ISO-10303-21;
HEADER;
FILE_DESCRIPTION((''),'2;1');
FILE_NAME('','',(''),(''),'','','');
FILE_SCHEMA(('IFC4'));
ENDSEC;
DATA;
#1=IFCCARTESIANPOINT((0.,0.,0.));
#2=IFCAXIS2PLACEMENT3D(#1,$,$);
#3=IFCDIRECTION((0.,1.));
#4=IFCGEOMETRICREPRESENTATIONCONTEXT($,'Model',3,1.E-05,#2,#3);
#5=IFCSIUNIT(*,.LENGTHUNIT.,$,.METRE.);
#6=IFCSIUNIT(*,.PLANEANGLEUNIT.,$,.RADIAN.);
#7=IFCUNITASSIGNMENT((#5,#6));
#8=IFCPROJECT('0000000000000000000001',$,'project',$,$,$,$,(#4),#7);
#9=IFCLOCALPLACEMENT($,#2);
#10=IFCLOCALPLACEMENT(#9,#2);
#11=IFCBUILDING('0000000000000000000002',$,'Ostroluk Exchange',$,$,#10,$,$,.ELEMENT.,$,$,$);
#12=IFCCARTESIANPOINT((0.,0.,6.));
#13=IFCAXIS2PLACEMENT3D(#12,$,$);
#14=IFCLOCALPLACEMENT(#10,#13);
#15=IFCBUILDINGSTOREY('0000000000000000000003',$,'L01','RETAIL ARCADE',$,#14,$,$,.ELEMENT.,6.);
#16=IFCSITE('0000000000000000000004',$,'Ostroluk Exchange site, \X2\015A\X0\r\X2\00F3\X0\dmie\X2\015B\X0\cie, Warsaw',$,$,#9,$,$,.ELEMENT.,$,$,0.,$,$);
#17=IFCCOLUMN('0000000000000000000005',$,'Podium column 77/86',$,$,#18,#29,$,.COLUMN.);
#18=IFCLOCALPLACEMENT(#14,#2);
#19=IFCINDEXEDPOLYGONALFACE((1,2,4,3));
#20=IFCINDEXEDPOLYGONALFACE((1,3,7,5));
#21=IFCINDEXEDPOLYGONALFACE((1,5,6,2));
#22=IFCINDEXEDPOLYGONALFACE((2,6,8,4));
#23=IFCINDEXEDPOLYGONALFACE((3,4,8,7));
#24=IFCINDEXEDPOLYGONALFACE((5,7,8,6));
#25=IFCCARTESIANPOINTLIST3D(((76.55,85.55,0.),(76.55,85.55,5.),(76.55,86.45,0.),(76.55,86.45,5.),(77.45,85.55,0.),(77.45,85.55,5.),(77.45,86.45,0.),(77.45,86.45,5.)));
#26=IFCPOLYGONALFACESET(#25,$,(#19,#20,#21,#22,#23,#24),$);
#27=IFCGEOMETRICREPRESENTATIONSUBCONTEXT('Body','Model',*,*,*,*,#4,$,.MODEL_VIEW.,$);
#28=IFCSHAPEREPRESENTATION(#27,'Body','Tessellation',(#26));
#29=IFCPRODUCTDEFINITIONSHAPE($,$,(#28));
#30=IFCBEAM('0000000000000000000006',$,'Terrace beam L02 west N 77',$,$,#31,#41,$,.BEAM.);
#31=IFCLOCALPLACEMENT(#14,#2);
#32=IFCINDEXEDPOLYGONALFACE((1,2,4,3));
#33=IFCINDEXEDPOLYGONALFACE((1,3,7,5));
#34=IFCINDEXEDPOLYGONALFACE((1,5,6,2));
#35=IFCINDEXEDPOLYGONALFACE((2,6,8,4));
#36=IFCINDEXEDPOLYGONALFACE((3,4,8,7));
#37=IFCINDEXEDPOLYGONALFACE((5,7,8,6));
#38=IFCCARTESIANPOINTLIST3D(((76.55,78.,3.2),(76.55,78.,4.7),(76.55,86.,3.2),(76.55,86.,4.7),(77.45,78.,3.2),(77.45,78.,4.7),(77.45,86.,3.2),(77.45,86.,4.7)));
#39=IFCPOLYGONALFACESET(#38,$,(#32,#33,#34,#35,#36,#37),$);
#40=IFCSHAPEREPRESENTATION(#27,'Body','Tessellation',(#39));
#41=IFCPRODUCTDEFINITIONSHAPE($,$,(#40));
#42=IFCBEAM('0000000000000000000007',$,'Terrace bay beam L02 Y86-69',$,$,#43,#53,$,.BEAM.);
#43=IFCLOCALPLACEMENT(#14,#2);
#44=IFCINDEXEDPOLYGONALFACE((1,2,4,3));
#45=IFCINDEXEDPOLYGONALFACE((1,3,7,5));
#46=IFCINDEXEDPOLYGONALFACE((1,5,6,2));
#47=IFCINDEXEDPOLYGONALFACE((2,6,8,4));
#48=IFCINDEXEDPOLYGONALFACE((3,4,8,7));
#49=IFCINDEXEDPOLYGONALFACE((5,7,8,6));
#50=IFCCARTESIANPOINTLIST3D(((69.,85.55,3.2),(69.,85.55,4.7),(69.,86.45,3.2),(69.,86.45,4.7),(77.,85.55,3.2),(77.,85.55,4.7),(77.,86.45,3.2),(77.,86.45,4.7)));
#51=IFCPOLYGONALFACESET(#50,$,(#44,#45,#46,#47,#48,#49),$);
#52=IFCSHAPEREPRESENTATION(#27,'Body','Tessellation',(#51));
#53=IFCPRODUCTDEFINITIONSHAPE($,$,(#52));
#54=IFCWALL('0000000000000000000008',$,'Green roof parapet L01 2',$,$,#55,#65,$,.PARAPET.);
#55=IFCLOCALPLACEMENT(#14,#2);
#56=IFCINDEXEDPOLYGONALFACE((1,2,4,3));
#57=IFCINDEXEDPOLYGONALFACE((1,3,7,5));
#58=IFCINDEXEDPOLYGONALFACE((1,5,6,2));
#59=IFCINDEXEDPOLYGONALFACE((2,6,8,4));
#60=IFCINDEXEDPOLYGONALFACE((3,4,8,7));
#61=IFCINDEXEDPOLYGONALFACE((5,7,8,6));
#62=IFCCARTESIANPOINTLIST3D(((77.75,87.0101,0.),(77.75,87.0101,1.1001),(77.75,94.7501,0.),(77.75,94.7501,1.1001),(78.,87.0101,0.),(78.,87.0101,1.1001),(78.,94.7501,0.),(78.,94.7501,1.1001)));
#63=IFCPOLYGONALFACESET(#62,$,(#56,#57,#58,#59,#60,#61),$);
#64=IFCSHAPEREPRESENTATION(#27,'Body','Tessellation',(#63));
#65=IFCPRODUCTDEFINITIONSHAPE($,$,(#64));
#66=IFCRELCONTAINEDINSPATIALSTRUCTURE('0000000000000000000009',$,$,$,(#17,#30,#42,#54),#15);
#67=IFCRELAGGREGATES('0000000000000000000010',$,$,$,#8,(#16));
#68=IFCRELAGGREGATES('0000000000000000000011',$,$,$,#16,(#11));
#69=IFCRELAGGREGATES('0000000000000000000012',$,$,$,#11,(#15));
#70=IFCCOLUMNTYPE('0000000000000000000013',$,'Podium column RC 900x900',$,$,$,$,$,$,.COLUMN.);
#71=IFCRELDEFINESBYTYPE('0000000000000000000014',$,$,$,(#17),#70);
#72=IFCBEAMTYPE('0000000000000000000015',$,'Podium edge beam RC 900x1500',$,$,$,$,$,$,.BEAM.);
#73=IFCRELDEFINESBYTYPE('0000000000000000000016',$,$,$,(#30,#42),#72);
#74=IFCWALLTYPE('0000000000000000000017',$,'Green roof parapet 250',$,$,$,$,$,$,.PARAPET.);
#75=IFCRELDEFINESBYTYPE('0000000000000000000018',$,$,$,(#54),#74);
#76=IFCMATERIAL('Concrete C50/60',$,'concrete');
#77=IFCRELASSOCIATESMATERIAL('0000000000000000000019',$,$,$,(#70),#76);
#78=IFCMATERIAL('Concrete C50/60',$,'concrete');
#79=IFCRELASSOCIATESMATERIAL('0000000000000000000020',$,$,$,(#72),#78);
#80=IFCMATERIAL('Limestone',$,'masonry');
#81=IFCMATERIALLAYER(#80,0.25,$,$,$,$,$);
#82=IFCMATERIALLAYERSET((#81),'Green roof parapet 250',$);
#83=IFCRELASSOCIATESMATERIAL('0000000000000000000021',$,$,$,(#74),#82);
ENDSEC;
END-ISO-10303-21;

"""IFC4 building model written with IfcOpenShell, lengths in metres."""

from ifc_helpers import new_model, si_unit, direction, frame, frame_2d, origin, origin_2d, place, context, subcontext, project, spatial, rectangle, extrude, material, layer, layer_set, material_profile, profile_set, type_object, element, save


model = new_model("IFC4")

# Units and contexts
model_context = context("Model", 3, precision=1e-05, world=origin(), true_north=direction((0.0, 1.0)))
body_context = subcontext(model_context, "Body", "Model", "MODEL_VIEW")
ifc_project = project(units=[si_unit("LENGTHUNIT", "METRE"), si_unit("PLANEANGLEUNIT", "RADIAN")], contexts=[model_context])

# Site, building, storey
site_placement = place(None, origin())
site = spatial("IfcSite", under=ifc_project, at=site_placement, Name="Ostroluk Exchange site, Śródmieście, Warsaw", CompositionType="ELEMENT", RefElevation=0.0)
building_placement = place(site_placement, origin())
building = spatial("IfcBuilding", under=site, at=building_placement, Name="Ostroluk Exchange", CompositionType="ELEMENT")
storey_placement = place(building_placement, frame((0.0, 0.0, 6.0)))
storey = spatial("IfcBuildingStorey", under=building, at=storey_placement, Name="L01", Description="RETAIL ARCADE", CompositionType="ELEMENT", Elevation=6.0)

# Column
ifc_material_1 = material(Name="Concrete C50/60", Category="concrete")
ifc_material_profile_1 = material_profile(ifc_material_1, rectangle(XDim=0.8999, YDim=0.8999, at=origin_2d()), Name="RC 900x900")
ifc_profile_set_1 = profile_set([ifc_material_profile_1], Name="Concrete C50/60")
column_type = type_object("IfcColumnType", Name="Podium column RC 900x900", PredefinedType="COLUMN", material=ifc_profile_set_1)
column_placement = place(storey_placement, frame((77.0, 86.0, 0.0), z_axis=(0.0, 0.0, 1.0), x_axis=(1.0, 0.0, 0.0)))
element("IfcColumn", 1, at=column_placement, inside=storey, type_object=column_type, Name="Podium column 77/86", PredefinedType="COLUMN", context=body_context, shape_type="SweptSolid", body=[
    extrude(rectangle(XDim=0.8999, YDim=0.8999, at=origin_2d()), origin(), (0.0, 0.0, 1.0), 5.0),
])

# Beams
ifc_material_2 = material(Name="Concrete C50/60", Category="concrete")
ifc_material_profile_2 = material_profile(ifc_material_2, rectangle(XDim=0.8999, YDim=1.5, at=origin_2d()), Name="RC 900x1500")
ifc_profile_set_2 = profile_set([ifc_material_profile_2], Name="Concrete C50/60")
beam_type = type_object("IfcBeamType", Name="Podium edge beam RC 900x1500", PredefinedType="BEAM", material=ifc_profile_set_2)
for number, where, z_axis, x_axis, name in (
    (2, (77.0, 86.0, 3.95), (0.0, -1.0, 0.0), (1.0, 0.0, 0.0), "Terrace beam L02 west N 77"),
    (3, (69.0, 86.0, 3.95), (1.0, 0.0, 0.0), (0.0, 1.0, 0.0), "Terrace bay beam L02 Y86-69"),
):
    element("IfcBeam", number, at=place(storey_placement, frame(where, z_axis=z_axis, x_axis=x_axis)), inside=storey, type_object=beam_type, Name=name, PredefinedType="BEAM", context=body_context, shape_type="SweptSolid", body=[
        extrude(rectangle(XDim=0.8999, YDim=1.5, at=origin_2d()), origin(), (0.0, 0.0, 1.0), 8.0),
    ])

# Wall
ifc_material_3 = material(Name="Limestone", Category="masonry")
ifc_layer_1 = layer(ifc_material_3, 0.25)
ifc_layer_set_1 = layer_set([ifc_layer_1], Name="Green roof parapet 250")
wall_type_1 = type_object("IfcWallType", Name="Green roof parapet 250", PredefinedType="PARAPET", material=ifc_layer_set_1)
wall_1_placement = place(storey_placement, frame((77.875, 87.01, 0.0), z_axis=(0.0, 0.0, 1.0), x_axis=(0.0, 1.0, 0.0)))
element("IfcWall", 4, at=wall_1_placement, inside=storey, type_object=wall_type_1, Name="Green roof parapet L01 2", PredefinedType="PARAPET", context=body_context, shape_type="SweptSolid", body=[
    extrude(rectangle(XDim=7.74, YDim=0.25, at=frame_2d((3.8701, 0.0))), origin(), (0.0, 0.0, 1.0), 1.1001),
])

save(model, "model.ifc")
